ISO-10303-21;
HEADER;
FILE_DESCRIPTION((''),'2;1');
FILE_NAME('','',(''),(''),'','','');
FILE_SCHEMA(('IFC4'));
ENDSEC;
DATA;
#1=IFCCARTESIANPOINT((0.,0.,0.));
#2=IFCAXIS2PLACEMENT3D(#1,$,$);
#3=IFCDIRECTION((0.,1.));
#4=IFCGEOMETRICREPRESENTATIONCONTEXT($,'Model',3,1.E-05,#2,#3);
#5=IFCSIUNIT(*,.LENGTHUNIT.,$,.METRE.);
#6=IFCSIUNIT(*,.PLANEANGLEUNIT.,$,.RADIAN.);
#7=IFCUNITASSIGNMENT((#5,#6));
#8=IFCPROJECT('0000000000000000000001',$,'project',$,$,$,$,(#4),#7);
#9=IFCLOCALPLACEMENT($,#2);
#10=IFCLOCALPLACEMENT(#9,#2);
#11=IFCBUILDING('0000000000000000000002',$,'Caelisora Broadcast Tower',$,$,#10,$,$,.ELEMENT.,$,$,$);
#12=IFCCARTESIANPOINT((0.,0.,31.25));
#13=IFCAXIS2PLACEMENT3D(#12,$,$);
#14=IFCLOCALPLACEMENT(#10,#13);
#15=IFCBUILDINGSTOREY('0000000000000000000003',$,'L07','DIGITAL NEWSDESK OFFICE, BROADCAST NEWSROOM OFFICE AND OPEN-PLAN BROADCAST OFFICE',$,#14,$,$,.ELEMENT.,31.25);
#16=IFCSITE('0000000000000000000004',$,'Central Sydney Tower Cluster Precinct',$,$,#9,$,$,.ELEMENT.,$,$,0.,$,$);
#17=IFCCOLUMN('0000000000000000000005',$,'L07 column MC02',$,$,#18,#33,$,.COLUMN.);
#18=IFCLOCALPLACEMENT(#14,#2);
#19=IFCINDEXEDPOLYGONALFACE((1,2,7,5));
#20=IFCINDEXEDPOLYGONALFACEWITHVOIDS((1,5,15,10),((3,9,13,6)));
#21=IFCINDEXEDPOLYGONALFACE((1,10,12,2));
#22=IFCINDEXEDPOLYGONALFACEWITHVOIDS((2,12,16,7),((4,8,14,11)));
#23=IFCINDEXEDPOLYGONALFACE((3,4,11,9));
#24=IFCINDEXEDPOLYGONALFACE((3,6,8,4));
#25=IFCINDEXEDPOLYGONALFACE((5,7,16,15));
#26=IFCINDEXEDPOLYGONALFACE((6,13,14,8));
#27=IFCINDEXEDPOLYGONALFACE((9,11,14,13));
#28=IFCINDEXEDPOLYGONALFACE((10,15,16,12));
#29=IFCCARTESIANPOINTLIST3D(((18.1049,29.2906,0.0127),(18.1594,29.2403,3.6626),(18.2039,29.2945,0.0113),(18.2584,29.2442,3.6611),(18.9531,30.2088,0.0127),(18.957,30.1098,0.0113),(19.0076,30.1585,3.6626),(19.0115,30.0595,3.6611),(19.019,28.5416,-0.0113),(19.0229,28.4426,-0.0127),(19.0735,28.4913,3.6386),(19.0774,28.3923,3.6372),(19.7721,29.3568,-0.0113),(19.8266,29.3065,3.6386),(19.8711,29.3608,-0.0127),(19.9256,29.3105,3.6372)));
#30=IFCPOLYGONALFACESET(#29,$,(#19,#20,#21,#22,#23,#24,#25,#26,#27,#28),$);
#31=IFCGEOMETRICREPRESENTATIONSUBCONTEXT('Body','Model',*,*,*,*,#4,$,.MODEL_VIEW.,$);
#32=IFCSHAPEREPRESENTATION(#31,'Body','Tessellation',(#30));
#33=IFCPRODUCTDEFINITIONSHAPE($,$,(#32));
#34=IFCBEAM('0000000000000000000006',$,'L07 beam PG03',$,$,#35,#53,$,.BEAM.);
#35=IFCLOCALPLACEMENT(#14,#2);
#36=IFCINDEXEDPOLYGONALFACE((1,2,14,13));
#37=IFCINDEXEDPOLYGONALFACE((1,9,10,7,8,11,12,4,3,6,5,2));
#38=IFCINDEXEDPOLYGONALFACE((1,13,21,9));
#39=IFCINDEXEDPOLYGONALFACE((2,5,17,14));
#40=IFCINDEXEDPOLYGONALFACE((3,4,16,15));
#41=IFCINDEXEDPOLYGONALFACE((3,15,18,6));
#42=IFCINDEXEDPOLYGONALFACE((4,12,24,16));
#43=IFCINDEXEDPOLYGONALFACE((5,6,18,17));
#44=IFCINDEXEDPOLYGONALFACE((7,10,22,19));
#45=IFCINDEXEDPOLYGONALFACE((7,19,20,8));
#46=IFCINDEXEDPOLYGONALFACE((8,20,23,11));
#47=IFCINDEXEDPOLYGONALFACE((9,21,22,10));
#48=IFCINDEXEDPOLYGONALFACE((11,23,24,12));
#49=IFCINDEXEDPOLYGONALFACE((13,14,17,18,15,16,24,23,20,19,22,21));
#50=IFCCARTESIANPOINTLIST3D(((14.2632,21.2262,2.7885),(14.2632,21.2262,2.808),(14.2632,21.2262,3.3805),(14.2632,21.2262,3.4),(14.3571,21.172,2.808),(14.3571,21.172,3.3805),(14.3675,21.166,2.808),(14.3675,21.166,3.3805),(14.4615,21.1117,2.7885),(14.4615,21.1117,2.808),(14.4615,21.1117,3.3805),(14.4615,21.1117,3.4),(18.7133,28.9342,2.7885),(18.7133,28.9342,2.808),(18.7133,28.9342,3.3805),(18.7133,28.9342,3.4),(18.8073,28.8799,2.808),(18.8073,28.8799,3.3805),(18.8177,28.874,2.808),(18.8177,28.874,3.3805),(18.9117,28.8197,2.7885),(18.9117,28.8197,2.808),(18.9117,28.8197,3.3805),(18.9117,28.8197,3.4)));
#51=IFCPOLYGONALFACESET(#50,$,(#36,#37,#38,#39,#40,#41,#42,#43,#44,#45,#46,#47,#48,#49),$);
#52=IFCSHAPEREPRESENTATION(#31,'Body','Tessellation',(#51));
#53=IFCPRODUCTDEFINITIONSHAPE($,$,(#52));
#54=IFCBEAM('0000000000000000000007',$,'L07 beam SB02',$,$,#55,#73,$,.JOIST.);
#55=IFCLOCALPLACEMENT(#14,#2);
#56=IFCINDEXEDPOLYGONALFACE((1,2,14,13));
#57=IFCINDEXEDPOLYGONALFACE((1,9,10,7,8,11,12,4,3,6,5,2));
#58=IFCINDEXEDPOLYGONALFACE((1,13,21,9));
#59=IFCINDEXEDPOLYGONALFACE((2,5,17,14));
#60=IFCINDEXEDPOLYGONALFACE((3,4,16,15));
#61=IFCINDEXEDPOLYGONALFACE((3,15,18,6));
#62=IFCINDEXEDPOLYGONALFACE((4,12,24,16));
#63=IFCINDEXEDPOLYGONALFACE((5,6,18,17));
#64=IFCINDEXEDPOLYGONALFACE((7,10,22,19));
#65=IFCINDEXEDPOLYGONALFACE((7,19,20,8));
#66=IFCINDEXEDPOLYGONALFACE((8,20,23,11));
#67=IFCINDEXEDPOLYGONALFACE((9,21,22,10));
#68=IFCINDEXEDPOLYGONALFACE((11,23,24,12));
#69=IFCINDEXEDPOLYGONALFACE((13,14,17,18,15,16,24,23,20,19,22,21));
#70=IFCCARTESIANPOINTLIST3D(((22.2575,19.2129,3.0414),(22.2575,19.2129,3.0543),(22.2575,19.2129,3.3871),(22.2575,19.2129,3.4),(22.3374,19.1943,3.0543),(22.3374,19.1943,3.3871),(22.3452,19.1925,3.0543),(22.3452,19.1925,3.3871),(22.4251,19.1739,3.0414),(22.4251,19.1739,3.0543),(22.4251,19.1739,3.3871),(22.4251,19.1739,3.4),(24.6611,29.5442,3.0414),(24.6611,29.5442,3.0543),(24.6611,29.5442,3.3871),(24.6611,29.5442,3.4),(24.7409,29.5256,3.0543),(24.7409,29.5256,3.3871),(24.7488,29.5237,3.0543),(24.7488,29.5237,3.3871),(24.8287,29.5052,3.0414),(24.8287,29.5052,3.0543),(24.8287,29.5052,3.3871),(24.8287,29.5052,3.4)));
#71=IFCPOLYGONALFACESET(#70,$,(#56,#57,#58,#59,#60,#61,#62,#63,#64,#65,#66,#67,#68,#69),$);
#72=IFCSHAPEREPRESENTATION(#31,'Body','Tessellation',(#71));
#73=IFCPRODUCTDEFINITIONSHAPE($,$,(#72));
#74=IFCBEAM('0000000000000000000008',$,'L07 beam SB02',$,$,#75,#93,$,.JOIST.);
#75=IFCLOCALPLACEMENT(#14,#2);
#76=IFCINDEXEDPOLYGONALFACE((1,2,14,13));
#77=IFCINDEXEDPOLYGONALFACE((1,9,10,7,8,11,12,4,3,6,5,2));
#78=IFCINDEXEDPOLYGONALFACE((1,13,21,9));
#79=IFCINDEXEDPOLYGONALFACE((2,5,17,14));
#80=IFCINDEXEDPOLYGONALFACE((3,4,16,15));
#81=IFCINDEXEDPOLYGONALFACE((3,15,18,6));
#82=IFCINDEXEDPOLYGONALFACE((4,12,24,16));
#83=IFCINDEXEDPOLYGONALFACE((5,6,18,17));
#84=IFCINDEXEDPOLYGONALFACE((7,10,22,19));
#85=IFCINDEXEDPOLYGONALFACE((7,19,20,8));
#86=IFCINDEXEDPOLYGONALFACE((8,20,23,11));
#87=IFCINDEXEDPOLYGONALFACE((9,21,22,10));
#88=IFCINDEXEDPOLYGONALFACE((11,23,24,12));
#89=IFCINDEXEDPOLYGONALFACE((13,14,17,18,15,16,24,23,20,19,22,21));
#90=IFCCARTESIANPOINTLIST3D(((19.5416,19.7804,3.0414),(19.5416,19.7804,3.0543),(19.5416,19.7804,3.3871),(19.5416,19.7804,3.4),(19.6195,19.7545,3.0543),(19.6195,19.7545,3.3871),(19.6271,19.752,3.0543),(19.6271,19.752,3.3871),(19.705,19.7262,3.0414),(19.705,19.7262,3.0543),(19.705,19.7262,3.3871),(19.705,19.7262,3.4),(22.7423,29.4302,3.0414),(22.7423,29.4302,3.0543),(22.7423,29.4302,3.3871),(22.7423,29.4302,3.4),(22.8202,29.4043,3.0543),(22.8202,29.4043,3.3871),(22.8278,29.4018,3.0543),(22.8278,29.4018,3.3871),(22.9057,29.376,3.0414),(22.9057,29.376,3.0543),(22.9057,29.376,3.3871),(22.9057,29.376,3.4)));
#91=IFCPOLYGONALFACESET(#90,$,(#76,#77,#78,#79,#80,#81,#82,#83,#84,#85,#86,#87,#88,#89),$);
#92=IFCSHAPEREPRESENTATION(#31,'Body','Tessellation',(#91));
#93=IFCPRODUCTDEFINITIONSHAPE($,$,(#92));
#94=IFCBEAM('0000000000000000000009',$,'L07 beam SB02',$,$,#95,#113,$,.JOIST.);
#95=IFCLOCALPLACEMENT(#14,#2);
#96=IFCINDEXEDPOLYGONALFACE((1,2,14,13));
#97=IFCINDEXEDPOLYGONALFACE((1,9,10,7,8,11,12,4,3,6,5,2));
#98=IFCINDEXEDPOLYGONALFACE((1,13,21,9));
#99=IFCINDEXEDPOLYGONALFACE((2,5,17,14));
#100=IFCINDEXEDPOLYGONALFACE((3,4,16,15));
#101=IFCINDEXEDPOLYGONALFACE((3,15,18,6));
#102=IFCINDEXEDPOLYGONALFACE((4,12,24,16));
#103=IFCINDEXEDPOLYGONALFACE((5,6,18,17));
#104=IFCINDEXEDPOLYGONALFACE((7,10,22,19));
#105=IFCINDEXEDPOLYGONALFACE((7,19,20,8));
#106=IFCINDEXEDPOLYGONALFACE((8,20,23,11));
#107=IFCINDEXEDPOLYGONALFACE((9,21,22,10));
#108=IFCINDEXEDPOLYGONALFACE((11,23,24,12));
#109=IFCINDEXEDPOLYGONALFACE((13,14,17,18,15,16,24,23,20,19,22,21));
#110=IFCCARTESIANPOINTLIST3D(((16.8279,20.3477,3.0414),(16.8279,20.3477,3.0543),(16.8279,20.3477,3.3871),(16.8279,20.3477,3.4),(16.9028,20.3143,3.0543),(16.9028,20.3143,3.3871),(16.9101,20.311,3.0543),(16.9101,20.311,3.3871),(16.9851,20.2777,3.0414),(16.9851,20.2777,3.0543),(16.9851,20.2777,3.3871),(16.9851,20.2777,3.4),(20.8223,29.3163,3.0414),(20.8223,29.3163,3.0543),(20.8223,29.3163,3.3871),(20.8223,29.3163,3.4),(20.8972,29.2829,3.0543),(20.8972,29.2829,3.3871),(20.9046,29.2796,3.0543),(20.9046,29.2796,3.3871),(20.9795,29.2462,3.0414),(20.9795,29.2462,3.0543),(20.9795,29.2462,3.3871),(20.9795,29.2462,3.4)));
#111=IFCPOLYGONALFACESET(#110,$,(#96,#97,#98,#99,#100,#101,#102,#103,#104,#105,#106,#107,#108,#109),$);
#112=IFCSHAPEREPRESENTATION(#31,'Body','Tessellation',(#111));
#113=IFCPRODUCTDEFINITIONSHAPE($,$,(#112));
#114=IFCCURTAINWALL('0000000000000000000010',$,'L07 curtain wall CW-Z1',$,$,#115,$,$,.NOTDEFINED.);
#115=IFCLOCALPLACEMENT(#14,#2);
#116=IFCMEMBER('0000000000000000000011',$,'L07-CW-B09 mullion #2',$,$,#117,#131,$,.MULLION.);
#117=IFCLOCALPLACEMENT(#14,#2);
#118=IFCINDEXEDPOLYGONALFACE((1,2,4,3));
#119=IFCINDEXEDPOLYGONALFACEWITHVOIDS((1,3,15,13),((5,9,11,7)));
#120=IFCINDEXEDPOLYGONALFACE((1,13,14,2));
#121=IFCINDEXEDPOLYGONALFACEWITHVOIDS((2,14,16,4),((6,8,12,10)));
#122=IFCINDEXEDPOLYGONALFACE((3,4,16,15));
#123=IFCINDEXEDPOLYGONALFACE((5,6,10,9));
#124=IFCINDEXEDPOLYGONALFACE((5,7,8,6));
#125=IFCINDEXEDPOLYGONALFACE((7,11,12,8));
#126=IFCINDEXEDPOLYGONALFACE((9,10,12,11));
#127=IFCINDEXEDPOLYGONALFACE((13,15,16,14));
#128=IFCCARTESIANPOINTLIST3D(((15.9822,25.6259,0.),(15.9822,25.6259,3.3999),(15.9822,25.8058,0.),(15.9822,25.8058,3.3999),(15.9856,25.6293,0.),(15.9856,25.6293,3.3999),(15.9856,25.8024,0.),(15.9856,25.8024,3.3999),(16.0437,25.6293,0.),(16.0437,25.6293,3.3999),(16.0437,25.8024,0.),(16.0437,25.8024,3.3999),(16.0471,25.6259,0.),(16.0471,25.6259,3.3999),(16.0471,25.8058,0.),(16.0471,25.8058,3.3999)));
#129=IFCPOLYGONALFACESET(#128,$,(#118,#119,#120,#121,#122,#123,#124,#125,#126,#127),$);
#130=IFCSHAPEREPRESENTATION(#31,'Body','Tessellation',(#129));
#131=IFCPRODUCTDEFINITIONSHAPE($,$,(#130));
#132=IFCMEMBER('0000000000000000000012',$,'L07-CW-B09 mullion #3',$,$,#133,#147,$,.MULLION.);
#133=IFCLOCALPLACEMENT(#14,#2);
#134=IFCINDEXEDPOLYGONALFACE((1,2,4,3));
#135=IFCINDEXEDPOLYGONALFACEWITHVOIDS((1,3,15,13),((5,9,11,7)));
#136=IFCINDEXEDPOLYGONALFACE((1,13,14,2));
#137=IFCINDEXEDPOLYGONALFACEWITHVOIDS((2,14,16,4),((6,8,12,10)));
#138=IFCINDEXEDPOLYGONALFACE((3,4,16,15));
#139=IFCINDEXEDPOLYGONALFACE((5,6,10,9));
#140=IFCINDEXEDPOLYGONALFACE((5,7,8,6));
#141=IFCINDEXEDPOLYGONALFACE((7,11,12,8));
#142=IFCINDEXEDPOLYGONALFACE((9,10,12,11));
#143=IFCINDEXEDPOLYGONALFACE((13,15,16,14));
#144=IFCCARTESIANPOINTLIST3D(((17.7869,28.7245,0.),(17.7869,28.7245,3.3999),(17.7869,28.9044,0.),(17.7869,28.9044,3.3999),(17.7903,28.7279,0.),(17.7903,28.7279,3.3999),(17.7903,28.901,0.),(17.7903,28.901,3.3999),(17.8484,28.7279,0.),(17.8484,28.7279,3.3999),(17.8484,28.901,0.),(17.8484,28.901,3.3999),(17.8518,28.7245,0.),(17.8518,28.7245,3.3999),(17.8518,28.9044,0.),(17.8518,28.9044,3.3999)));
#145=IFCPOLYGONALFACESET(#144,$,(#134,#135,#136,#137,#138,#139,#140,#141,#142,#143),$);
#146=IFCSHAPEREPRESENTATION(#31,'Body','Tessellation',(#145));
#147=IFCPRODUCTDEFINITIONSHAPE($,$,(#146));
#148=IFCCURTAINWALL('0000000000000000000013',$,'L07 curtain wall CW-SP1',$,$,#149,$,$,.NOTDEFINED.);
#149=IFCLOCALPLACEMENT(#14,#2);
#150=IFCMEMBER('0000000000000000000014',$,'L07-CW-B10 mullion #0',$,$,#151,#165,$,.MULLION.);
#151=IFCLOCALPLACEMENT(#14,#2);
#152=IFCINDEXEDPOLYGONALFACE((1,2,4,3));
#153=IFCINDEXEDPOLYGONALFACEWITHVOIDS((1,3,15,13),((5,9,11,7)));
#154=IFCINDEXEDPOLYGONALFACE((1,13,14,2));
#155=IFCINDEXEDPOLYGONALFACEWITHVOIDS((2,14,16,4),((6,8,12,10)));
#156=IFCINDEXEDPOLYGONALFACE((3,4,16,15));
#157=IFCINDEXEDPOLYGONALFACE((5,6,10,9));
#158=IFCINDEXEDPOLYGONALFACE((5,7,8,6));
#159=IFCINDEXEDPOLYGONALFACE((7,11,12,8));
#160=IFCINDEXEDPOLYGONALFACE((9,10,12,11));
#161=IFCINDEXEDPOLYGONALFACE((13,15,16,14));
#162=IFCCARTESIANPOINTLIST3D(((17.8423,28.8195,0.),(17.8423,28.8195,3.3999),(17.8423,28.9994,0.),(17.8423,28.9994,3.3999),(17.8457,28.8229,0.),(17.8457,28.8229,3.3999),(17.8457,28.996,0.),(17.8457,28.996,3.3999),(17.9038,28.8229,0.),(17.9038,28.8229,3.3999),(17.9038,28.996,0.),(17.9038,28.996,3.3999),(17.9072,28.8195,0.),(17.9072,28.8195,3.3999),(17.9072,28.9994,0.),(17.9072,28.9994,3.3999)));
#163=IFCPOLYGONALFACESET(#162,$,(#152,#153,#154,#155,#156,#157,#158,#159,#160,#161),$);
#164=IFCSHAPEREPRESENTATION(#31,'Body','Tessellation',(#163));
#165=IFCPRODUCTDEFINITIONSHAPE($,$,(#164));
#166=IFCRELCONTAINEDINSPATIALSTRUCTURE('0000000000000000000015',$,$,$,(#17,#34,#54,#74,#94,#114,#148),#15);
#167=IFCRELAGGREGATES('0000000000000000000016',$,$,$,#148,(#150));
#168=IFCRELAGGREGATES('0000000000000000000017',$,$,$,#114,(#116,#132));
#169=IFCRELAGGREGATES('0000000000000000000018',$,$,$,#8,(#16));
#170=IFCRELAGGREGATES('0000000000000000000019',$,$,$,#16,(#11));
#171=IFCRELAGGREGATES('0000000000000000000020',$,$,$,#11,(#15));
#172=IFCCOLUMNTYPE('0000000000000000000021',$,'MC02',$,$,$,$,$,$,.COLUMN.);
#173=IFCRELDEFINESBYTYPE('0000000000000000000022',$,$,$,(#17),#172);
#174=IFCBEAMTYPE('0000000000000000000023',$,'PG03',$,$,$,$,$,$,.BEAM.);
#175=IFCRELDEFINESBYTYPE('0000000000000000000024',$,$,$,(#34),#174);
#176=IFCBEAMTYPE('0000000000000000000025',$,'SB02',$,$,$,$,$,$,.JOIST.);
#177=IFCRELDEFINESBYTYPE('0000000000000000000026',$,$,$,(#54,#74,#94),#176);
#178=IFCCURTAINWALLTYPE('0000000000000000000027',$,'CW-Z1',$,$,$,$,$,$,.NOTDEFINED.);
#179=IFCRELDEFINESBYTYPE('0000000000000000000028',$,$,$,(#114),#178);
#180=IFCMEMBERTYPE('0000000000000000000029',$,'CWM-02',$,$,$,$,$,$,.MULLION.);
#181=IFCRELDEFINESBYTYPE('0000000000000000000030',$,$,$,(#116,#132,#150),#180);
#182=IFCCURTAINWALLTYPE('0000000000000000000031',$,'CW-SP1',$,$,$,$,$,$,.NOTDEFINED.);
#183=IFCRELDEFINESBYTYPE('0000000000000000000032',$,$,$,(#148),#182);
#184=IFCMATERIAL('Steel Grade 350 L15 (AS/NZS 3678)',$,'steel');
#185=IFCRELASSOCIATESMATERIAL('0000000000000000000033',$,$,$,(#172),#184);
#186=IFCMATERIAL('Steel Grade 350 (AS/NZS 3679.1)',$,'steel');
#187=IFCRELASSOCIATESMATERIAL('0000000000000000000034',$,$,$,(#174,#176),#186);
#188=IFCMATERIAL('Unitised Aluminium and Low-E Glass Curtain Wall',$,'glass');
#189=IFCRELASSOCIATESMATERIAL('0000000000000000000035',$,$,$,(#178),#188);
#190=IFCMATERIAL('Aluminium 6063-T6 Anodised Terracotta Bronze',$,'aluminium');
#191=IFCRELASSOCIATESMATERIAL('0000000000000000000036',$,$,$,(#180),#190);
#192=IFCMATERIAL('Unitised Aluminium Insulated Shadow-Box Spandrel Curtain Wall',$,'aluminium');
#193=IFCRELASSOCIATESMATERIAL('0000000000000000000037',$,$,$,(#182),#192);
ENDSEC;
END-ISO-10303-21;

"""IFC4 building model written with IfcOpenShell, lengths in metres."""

from ifc_helpers import new_model, si_unit, direction, frame, origin, origin_2d, place, context, subcontext, project, spatial, hollow_rectangle, i_section, extrude, source, transform, mapped, material, material_profile, profile_set, type_object, type_shapes, element, aggregate, save


model = new_model("IFC4")

# Units and contexts
model_context = context("Model", 3, precision=1e-05, world=origin(), true_north=direction((0.0, 1.0)))
body_context = subcontext(model_context, "Body", "Model", "MODEL_VIEW")
ifc_project = project(units=[si_unit("LENGTHUNIT", "METRE"), si_unit("PLANEANGLEUNIT", "RADIAN")], contexts=[model_context])

# Site, building, storey
site_placement = place(None, origin())
site = spatial("IfcSite", under=ifc_project, at=site_placement, Name="Central Sydney Tower Cluster Precinct", CompositionType="ELEMENT", RefElevation=0.0)
building_placement = place(site_placement, origin())
building = spatial("IfcBuilding", under=site, at=building_placement, Name="Caelisora Broadcast Tower", CompositionType="ELEMENT")
storey_placement = place(building_placement, frame((0.0, 0.0, 31.25)))
storey = spatial("IfcBuildingStorey", under=building, at=storey_placement, Name="L07", Description="DIGITAL NEWSDESK OFFICE, BROADCAST NEWSROOM OFFICE AND OPEN-PLAN BROADCAST OFFICE", CompositionType="ELEMENT", Elevation=31.25)

# Column
ifc_material_1 = material(Name="Steel Grade 350 L15 (AS/NZS 3678)", Category="steel")
ifc_material_profile_1 = material_profile(ifc_material_1, hollow_rectangle(XDim=1.25, YDim=1.25, WallThickness=0.0701, at=origin_2d()), Name="Steel Grade 350 L15 (AS/NZS 3678)")
ifc_profile_set_1 = profile_set([ifc_material_profile_1], Name="Steel Grade 350 L15 (AS/NZS 3678)")
column_type = type_object("IfcColumnType", Name="MC02", PredefinedType="COLUMN", material=ifc_profile_set_1)
shared_shape_1 = source(origin(), body_context, "Body", "SweptSolid", [
    extrude(hollow_rectangle(XDim=1.25, YDim=1.25, WallThickness=0.0701, at=origin_2d()), origin(), (0.0, 0.0, 1.0), 3.6506),
])
type_shapes(column_type, [shared_shape_1])
column_placement = place(storey_placement, frame((18.988, 29.3257, 0.0), z_axis=(0.014913, -0.013776, 0.999794), x_axis=(0.678554, 0.734551, 0.0)))
element("IfcColumn", 1, at=column_placement, inside=storey, type_object=column_type, Name="L07 column MC02", PredefinedType="COLUMN", context=body_context, shape_type="MappedRepresentation", body=[
    mapped(shared_shape_1, transform((0.0, 0.0, 0.0), scale=1.0)),
])

# Beams
ifc_material_2 = material(Name="Steel Grade 350 (AS/NZS 3679.1)", Category="steel")
ifc_material_profile_2 = material_profile(ifc_material_2, i_section(OverallWidth=0.229, OverallDepth=0.6116, WebThickness=0.012, FlangeThickness=0.0195, at=origin_2d()), Name="Steel Grade 350 (AS/NZS 3679.1)")
ifc_profile_set_2 = profile_set([ifc_material_profile_2], Name="Steel Grade 350 (AS/NZS 3679.1)")
beam_type_1 = type_object("IfcBeamType", Name="PG03", PredefinedType="BEAM", material=ifc_profile_set_2)
shared_shape_2 = source(origin(), body_context, "Body", "SweptSolid", [
    extrude(i_section(OverallWidth=0.229, OverallDepth=0.6116, WebThickness=0.012, FlangeThickness=0.0195, at=origin_2d()), origin(), (0.0, 0.0, 1.0), 8.9004),
])
type_shapes(beam_type_1, [shared_shape_2])
beam_1_placement = place(storey_placement, frame((18.8125, 28.877, 3.0942), z_axis=(-0.499998, -0.866027, 0.0), x_axis=(0.866027, -0.499998, 0.0)))
element("IfcBeam", 2, at=beam_1_placement, inside=storey, type_object=beam_type_1, Name="L07 beam PG03", PredefinedType="BEAM", context=body_context, shape_type="MappedRepresentation", body=[
    mapped(shared_shape_2, transform((0.0, 0.0, 0.0), scale=1.0)),
])
ifc_material_profile_3 = material_profile(ifc_material_2, i_section(OverallWidth=0.1721, OverallDepth=0.3586, WebThickness=0.0081, FlangeThickness=0.0129, at=origin_2d()), Name="Steel Grade 350 (AS/NZS 3679.1)")
ifc_profile_set_3 = profile_set([ifc_material_profile_3], Name="Steel Grade 350 (AS/NZS 3679.1)")
beam_type_2 = type_object("IfcBeamType", Name="SB02", PredefinedType="JOIST", material=ifc_profile_set_3)
shared_shape_3 = source(origin(), body_context, "Body", "SweptSolid", [
    extrude(i_section(OverallWidth=0.1721, OverallDepth=0.3586, WebThickness=0.0081, FlangeThickness=0.0129, at=origin_2d()), origin(), (0.0, 0.0, 1.0), 10.6072),
])
beam_2_placement = place(storey_placement, frame((24.7449, 29.5247, 3.2207), z_axis=(-0.226597, -0.973989, 0.0), x_axis=(0.973989, -0.226597, 0.0)))
element("IfcBeam", 3, at=beam_2_placement, inside=storey, type_object=beam_type_2, Name="L07 beam SB02", PredefinedType="JOIST", context=body_context, shape_type="MappedRepresentation", body=[
    mapped(shared_shape_3, transform((0.0, 0.0, 0.0), scale=1.0)),
])
shared_shape_4 = source(origin(), body_context, "Body", "SweptSolid", [
    extrude(i_section(OverallWidth=0.1721, OverallDepth=0.3586, WebThickness=0.0081, FlangeThickness=0.0129, at=origin_2d()), origin(), (0.0, 0.0, 1.0), 10.1667),
])
beam_3_placement = place(storey_placement, frame((22.824, 29.4031, 3.2207), z_axis=(-0.314815, -0.949153, 0.0), x_axis=(0.949153, -0.314815, 0.0)))
element("IfcBeam", 4, at=beam_3_placement, inside=storey, type_object=beam_type_2, Name="L07 beam SB02", PredefinedType="JOIST", context=body_context, shape_type="MappedRepresentation", body=[
    mapped(shared_shape_4, transform((0.0, 0.0, 0.0), scale=1.0)),
])
shared_shape_5 = source(origin(), body_context, "Body", "SweptSolid", [
    extrude(i_section(OverallWidth=0.1721, OverallDepth=0.3586, WebThickness=0.0081, FlangeThickness=0.0129, at=origin_2d()), origin(), (0.0, 0.0, 1.0), 9.8179),
])
type_shapes(beam_type_2, [shared_shape_3, shared_shape_4, shared_shape_5])
beam_4_placement = place(storey_placement, frame((20.9009, 29.2812, 3.2207), z_axis=(-0.406851, -0.913494, 0.0), x_axis=(0.913494, -0.406851, 0.0)))
element("IfcBeam", 5, at=beam_4_placement, inside=storey, type_object=beam_type_2, Name="L07 beam SB02", PredefinedType="JOIST", context=body_context, shape_type="MappedRepresentation", body=[
    mapped(shared_shape_5, transform((0.0, 0.0, 0.0), scale=1.0)),
])

# Curtain walls, members
ifc_material_3 = material(Name="Unitised Aluminium and Low-E Glass Curtain Wall", Category="glass")
curtain_wall_type_1 = type_object("IfcCurtainWallType", Name="CW-Z1", PredefinedType="NOTDEFINED", material=ifc_material_3)
curtain_wall_1_placement = place(storey_placement, origin())
curtain_wall_1 = element("IfcCurtainWall", 6, at=curtain_wall_1_placement, inside=storey, type_object=curtain_wall_type_1, Name="L07 curtain wall CW-Z1", PredefinedType="NOTDEFINED")
ifc_material_4 = material(Name="Aluminium 6063-T6 Anodised Terracotta Bronze", Category="aluminium")
ifc_material_profile_4 = material_profile(ifc_material_4, hollow_rectangle(XDim=0.0649, YDim=0.1799, WallThickness=0.0034, at=origin_2d()), Name="Aluminium 6063-T6 Anodised Terracotta Bronze")
ifc_profile_set_4 = profile_set([ifc_material_profile_4], Name="Aluminium 6063-T6 Anodised Terracotta Bronze")
member_type_1 = type_object("IfcMemberType", Name="CWM-02", PredefinedType="MULLION", material=ifc_profile_set_4)
shared_shape_6 = source(origin(), body_context, "Body", "SweptSolid", [
    extrude(hollow_rectangle(XDim=0.0649, YDim=0.1799, WallThickness=0.0034, at=origin_2d()), origin(), (0.0, 0.0, 1.0), 3.3999),
])
type_shapes(member_type_1, [shared_shape_6])
member_1_placement = place(storey_placement, frame((16.0146, 25.7158, 0.0), z_axis=(0.0, 0.0, 1.0), x_axis=(1.0, 0.0, 0.0)))
member_1 = element("IfcMember", 7, at=member_1_placement, type_object=member_type_1, Name="L07-CW-B09 mullion #2", PredefinedType="MULLION", context=body_context, shape_type="MappedRepresentation", body=[
    mapped(shared_shape_6, transform((0.0, 0.0, 0.0), scale=1.0)),
])
member_2_placement = place(storey_placement, frame((17.8193, 28.8145, 0.0), z_axis=(0.0, 0.0, 1.0), x_axis=(1.0, 0.0, 0.0)))
member_2 = element("IfcMember", 8, at=member_2_placement, type_object=member_type_1, Name="L07-CW-B09 mullion #3", PredefinedType="MULLION", context=body_context, shape_type="MappedRepresentation", body=[
    mapped(shared_shape_6, transform((0.0, 0.0, 0.0), scale=1.0)),
])
ifc_material_5 = material(Name="Unitised Aluminium Insulated Shadow-Box Spandrel Curtain Wall", Category="aluminium")
curtain_wall_type_2 = type_object("IfcCurtainWallType", Name="CW-SP1", PredefinedType="NOTDEFINED", material=ifc_material_5)
curtain_wall_2_placement = place(storey_placement, origin())
curtain_wall_2 = element("IfcCurtainWall", 9, at=curtain_wall_2_placement, inside=storey, type_object=curtain_wall_type_2, Name="L07 curtain wall CW-SP1", PredefinedType="NOTDEFINED")
member_3_placement = place(storey_placement, frame((17.8748, 28.9094, 0.0), z_axis=(0.0, 0.0, 1.0), x_axis=(1.0, 0.0, 0.0)))
member_3 = element("IfcMember", 10, at=member_3_placement, type_object=member_type_1, Name="L07-CW-B10 mullion #0", PredefinedType="MULLION", context=body_context, shape_type="MappedRepresentation", body=[
    mapped(shared_shape_6, transform((0.0, 0.0, 0.0), scale=1.0)),
])

aggregate(curtain_wall_2, [member_3])
aggregate(curtain_wall_1, [member_1, member_2])

save(model, "model.ifc")
